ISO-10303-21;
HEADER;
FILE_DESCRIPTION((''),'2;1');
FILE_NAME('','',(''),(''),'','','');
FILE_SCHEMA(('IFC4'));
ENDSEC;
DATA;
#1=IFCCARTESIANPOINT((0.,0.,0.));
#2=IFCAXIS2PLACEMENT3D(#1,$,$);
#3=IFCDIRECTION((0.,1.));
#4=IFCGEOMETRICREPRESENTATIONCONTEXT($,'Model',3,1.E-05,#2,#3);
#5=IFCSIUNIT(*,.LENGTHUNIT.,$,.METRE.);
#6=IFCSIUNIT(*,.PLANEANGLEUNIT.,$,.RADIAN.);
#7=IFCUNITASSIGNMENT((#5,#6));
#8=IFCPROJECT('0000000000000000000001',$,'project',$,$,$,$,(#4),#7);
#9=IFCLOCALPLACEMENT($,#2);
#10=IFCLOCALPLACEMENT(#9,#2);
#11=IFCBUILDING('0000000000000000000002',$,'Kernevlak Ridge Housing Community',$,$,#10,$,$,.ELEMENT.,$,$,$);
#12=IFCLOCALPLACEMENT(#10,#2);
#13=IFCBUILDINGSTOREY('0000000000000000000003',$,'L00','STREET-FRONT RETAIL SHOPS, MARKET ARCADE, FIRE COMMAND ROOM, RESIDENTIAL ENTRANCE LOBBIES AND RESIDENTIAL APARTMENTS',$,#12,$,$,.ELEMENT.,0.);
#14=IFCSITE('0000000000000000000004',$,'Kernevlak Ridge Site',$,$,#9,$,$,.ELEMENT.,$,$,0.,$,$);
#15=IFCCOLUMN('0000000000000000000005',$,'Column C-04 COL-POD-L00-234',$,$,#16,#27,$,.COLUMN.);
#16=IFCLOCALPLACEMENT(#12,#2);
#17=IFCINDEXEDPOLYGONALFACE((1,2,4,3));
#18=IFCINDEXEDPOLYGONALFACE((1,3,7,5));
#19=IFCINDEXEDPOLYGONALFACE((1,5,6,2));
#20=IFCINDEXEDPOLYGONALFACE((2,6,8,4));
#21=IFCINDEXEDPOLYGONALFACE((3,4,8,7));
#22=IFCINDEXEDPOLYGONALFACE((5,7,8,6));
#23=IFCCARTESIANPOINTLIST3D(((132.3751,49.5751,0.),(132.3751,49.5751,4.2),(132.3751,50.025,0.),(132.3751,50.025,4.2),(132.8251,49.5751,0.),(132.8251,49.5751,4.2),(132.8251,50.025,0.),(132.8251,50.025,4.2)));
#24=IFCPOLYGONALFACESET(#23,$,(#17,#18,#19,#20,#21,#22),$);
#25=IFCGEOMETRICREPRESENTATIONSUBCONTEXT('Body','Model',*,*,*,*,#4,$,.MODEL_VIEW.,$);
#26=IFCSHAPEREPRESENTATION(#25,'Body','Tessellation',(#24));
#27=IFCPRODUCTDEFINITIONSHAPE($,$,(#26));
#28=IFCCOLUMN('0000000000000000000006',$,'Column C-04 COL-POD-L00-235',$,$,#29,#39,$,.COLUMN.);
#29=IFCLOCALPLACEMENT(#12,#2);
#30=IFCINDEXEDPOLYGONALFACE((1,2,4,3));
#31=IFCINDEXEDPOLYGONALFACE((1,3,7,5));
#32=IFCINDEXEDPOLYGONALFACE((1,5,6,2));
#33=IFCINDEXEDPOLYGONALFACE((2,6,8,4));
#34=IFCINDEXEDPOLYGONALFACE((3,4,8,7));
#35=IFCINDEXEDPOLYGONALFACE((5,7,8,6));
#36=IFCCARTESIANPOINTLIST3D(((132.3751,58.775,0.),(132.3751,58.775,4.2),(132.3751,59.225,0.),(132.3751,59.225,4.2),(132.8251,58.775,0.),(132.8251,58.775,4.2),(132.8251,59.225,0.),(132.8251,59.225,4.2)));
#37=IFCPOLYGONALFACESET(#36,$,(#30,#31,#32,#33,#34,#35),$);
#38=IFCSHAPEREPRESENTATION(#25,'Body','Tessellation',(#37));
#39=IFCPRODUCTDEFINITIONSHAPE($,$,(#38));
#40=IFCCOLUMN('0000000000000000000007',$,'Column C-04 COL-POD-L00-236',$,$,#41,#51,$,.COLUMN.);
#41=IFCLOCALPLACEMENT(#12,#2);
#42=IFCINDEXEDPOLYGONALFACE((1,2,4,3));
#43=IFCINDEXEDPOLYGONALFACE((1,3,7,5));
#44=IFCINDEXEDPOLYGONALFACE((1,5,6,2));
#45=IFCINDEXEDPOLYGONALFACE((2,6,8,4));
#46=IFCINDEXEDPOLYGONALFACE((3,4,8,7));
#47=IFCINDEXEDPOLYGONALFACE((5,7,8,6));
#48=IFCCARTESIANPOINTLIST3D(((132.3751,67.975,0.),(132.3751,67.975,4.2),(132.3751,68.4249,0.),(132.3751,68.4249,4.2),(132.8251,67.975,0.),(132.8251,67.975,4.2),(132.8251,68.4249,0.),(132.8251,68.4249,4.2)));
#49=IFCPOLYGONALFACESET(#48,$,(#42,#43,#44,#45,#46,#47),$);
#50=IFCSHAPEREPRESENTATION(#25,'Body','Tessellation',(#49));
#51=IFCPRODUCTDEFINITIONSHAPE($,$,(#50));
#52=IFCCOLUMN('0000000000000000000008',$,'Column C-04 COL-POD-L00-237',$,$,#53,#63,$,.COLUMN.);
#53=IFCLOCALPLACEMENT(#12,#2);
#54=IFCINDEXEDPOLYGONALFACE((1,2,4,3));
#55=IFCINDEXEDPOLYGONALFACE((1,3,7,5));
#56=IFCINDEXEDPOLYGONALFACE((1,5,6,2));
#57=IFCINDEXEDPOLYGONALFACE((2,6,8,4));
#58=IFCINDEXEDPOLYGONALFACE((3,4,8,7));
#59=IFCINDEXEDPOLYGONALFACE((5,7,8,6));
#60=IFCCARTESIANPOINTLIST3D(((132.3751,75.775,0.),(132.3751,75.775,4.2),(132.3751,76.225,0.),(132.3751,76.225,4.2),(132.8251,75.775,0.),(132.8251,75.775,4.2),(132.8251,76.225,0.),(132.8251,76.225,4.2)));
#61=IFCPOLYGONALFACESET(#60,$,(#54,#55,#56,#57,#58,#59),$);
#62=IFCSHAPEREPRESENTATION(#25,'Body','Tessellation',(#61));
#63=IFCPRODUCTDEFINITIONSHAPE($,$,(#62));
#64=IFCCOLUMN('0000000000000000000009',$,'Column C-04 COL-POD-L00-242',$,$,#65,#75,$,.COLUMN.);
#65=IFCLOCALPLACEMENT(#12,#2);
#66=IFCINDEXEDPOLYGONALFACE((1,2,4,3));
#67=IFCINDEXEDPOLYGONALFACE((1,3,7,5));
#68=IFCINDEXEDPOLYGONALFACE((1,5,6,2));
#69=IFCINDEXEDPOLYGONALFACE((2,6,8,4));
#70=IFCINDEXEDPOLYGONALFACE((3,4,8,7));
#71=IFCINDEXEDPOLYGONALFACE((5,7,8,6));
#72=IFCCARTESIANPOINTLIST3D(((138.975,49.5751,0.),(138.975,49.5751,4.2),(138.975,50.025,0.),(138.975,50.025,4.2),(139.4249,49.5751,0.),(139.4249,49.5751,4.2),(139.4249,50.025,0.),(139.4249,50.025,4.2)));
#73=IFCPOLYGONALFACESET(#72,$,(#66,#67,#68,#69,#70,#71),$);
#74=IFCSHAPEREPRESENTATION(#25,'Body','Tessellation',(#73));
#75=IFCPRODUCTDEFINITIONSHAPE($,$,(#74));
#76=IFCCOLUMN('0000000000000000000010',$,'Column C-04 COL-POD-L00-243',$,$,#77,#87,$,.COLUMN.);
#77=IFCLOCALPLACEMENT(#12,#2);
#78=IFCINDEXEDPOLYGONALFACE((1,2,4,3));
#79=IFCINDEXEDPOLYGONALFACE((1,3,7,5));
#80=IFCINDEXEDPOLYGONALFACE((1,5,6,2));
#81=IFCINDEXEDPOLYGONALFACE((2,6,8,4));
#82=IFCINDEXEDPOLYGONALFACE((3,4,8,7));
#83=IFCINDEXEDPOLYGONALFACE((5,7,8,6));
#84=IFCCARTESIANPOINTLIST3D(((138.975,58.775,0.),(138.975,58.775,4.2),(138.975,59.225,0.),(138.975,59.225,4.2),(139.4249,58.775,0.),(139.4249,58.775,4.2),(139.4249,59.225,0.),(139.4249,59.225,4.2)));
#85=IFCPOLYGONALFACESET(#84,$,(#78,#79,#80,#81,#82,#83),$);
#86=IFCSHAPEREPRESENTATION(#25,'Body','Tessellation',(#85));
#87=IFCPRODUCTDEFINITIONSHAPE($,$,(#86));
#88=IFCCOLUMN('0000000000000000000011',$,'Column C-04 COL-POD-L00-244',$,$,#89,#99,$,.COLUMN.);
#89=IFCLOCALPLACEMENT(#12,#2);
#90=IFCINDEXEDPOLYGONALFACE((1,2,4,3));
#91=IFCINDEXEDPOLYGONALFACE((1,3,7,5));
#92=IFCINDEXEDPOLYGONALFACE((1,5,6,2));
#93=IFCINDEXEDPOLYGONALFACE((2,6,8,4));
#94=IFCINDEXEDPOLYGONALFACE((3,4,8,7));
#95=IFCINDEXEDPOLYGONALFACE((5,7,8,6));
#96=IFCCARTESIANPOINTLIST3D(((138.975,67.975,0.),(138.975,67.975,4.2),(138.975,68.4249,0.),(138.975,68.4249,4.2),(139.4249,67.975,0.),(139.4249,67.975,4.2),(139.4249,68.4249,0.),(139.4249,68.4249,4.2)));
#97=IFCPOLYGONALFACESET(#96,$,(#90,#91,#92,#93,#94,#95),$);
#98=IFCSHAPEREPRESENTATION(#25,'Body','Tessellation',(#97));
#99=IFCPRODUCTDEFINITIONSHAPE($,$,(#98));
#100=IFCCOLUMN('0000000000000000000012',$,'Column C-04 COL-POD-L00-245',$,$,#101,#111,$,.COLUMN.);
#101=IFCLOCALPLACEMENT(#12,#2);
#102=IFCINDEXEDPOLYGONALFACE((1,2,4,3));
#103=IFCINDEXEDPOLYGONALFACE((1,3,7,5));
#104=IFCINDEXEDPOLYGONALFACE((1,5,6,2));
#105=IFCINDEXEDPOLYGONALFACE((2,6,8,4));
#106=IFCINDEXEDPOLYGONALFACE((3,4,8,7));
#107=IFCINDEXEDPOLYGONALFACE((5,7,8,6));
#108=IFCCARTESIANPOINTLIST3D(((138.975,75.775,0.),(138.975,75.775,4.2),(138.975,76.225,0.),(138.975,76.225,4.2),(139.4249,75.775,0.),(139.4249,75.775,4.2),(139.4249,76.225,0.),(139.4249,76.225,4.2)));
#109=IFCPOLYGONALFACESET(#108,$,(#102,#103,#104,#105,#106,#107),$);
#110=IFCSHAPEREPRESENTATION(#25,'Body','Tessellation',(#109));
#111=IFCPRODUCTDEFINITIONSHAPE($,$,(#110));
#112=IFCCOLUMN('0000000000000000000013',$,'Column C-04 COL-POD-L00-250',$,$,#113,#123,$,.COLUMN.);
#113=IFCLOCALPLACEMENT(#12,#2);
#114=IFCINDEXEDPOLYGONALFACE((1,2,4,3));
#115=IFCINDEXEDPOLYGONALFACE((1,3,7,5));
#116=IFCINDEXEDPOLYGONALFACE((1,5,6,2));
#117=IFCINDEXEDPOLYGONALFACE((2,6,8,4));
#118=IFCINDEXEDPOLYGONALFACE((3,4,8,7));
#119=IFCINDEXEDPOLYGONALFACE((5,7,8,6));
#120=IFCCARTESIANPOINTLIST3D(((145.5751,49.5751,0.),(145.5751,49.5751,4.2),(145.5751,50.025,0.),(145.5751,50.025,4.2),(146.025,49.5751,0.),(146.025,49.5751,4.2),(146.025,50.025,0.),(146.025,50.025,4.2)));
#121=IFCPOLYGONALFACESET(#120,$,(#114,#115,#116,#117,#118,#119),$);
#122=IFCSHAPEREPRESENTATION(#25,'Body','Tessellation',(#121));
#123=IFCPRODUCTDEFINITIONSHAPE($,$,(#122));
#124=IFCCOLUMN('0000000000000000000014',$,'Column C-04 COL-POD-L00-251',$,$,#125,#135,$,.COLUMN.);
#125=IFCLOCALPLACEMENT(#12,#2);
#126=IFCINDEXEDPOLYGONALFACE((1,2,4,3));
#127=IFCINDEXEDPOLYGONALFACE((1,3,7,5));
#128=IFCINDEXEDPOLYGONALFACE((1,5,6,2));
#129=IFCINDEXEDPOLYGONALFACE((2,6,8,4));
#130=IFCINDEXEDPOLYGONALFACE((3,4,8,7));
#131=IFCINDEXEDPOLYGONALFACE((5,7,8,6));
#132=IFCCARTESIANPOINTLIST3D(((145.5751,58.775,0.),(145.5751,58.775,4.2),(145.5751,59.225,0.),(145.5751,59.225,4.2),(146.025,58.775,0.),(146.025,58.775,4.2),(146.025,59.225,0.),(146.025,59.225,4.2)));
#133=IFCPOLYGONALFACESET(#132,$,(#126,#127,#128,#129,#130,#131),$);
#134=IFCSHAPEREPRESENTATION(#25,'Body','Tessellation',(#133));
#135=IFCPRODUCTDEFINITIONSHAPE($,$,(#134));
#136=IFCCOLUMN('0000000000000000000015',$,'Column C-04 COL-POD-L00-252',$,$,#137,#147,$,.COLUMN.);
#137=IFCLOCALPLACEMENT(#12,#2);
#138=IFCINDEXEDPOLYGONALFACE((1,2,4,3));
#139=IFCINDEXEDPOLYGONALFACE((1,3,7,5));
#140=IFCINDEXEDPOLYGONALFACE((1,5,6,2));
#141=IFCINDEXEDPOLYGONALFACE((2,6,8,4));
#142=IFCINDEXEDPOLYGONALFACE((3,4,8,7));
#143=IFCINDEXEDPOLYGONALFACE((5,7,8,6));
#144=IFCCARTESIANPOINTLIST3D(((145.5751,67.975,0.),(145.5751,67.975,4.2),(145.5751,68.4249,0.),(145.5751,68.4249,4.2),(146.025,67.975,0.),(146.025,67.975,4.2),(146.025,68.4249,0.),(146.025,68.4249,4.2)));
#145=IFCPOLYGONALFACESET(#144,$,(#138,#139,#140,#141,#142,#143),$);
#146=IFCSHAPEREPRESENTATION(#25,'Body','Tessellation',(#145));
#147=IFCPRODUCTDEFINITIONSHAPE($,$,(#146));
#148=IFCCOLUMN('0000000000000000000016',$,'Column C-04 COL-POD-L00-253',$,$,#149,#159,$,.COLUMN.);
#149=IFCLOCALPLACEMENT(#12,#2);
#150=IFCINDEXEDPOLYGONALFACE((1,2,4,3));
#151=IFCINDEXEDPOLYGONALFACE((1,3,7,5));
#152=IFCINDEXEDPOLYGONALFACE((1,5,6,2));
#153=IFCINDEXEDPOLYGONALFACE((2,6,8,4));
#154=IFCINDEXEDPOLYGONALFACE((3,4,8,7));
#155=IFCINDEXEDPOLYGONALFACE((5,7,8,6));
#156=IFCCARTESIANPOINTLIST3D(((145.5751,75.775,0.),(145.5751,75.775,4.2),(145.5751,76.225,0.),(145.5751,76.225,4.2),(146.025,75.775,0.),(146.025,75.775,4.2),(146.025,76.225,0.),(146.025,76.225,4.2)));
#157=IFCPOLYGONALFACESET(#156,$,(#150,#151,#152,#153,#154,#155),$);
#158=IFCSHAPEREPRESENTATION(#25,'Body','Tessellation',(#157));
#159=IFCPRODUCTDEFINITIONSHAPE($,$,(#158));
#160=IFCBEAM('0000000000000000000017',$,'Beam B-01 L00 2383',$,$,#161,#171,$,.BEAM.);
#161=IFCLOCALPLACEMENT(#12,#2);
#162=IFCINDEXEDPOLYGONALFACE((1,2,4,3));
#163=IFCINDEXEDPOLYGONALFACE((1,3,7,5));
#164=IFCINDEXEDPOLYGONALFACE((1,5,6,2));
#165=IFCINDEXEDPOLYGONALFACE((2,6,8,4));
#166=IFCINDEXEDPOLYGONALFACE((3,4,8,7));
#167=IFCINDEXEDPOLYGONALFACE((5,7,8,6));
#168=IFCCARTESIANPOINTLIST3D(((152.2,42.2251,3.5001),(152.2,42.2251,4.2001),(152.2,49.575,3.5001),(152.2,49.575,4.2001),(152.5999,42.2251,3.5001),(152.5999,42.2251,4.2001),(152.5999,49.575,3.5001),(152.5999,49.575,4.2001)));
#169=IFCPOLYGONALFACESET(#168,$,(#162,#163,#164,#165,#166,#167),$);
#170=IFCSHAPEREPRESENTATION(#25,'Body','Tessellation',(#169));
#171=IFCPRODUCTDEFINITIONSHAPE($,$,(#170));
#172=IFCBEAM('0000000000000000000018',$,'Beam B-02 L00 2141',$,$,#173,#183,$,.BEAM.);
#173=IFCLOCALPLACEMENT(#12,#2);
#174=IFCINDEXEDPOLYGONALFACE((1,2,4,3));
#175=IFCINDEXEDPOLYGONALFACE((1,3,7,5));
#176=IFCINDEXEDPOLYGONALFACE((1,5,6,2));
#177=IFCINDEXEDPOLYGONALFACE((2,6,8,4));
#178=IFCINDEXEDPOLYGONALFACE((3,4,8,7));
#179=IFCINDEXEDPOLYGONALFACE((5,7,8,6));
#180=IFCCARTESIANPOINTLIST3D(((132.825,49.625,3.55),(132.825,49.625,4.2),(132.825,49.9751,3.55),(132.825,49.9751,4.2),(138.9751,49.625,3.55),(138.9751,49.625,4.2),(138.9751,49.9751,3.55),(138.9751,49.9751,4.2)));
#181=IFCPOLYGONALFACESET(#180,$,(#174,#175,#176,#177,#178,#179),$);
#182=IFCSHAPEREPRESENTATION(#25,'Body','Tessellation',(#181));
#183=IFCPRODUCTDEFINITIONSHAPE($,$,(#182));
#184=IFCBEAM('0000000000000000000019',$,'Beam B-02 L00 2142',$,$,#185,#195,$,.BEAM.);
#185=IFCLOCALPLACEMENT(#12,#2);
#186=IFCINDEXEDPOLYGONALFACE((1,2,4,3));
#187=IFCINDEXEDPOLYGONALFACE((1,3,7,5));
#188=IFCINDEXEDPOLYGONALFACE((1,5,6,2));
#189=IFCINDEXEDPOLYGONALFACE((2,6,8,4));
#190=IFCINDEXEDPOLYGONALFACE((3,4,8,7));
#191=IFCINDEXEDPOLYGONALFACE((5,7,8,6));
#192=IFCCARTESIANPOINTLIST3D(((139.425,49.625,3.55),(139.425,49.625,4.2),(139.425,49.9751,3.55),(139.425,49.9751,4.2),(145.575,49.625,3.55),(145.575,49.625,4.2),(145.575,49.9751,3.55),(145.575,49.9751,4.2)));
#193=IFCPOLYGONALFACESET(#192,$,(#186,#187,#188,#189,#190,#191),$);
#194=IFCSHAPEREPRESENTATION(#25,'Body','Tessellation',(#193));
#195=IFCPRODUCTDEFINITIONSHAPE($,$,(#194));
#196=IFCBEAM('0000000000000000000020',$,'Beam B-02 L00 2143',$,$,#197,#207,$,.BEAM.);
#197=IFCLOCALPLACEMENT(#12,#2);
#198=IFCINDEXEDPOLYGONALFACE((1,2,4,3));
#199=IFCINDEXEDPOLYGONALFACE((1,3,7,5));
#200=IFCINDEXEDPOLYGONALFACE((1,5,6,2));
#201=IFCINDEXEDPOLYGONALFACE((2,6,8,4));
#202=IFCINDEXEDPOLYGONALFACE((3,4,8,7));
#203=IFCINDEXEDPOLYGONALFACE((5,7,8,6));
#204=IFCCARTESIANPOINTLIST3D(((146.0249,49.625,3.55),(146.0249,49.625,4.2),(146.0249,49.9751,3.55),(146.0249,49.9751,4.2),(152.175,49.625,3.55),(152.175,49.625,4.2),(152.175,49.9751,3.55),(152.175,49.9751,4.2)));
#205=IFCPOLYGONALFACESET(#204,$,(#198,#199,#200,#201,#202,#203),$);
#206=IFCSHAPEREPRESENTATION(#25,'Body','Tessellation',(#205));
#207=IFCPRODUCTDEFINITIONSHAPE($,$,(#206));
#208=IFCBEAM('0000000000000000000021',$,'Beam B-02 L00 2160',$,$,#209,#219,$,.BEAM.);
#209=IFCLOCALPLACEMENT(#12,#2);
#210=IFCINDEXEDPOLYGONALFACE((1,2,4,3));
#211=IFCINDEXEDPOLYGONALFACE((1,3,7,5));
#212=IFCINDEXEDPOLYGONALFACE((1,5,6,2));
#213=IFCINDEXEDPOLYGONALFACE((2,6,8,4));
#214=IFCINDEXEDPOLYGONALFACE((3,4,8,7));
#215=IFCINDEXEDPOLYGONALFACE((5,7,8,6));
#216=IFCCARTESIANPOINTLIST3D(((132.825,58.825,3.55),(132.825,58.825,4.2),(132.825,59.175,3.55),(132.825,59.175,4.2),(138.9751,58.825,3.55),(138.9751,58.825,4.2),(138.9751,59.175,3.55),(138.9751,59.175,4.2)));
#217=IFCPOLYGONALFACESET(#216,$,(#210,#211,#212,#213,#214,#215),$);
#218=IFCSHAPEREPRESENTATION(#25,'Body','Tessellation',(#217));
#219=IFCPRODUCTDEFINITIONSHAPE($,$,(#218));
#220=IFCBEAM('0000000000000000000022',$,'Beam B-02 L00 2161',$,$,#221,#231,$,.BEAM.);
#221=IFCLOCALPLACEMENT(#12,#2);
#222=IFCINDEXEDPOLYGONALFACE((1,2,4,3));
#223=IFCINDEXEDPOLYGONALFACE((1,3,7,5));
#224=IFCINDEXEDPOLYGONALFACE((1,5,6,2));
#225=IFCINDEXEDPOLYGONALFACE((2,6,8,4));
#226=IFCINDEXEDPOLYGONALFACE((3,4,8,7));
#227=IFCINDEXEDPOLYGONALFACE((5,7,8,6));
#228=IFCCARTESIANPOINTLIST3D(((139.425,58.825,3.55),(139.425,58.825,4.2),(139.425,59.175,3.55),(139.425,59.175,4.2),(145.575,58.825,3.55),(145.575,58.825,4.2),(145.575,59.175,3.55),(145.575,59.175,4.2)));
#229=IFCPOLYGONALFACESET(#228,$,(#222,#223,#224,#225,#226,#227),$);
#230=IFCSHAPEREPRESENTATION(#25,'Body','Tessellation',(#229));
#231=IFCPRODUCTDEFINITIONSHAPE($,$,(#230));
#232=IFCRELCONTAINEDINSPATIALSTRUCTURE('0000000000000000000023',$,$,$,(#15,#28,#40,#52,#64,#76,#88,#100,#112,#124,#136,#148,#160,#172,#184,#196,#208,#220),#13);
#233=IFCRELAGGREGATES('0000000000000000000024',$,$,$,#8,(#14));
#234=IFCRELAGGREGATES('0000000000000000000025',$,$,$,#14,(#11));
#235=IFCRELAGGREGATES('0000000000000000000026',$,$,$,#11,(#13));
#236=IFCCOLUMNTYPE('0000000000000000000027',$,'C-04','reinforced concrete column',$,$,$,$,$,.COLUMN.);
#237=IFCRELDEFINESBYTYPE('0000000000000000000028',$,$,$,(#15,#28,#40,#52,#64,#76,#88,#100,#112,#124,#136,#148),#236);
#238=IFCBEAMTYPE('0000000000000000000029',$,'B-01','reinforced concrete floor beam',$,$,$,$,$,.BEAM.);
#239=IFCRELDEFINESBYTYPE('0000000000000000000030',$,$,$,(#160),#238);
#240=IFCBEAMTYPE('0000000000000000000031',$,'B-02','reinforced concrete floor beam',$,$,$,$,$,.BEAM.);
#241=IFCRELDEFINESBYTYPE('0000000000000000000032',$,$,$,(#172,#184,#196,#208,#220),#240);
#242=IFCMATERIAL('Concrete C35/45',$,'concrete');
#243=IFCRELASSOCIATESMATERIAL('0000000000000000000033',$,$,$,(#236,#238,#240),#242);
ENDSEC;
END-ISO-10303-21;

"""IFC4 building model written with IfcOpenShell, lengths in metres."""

from ifc_helpers import new_model, si_unit, direction, frame, origin, origin_2d, place, context, subcontext, project, spatial, rectangle, extrude, material, material_profile, profile_set, type_object, element, save


model = new_model("IFC4")

# Units and contexts
model_context = context("Model", 3, precision=1e-05, world=origin(), true_north=direction((0.0, 1.0)))
body_context = subcontext(model_context, "Body", "Model", "MODEL_VIEW")
ifc_project = project(units=[si_unit("LENGTHUNIT", "METRE"), si_unit("PLANEANGLEUNIT", "RADIAN")], contexts=[model_context])

# Site, building, storey
site_placement = place(None, origin())
site = spatial("IfcSite", under=ifc_project, at=site_placement, Name="Kernevlak Ridge Site", CompositionType="ELEMENT", RefElevation=0.0)
building_placement = place(site_placement, origin())
building = spatial("IfcBuilding", under=site, at=building_placement, Name="Kernevlak Ridge Housing Community", CompositionType="ELEMENT")
storey_placement = place(building_placement, origin())
storey = spatial("IfcBuildingStorey", under=building, at=storey_placement, Name="L00", Description="STREET-FRONT RETAIL SHOPS, MARKET ARCADE, FIRE COMMAND ROOM, RESIDENTIAL ENTRANCE LOBBIES AND RESIDENTIAL APARTMENTS", CompositionType="ELEMENT", Elevation=0.0)

# Columns
ifc_material = material(Name="Concrete C35/45", Category="concrete")
ifc_material_profile_1 = material_profile(ifc_material, rectangle(XDim=0.45, YDim=0.45, at=origin_2d()), Name="RC 450x450")
ifc_profile_set_1 = profile_set([ifc_material_profile_1], Name="Concrete C35/45")
column_type = type_object("IfcColumnType", Name="C-04", Description="reinforced concrete column", PredefinedType="COLUMN", material=ifc_profile_set_1)
for number, where, z_axis, x_axis, name in (
    (1, (132.6001, 49.8, 0.0), (0.0, 0.0, 1.0), (1.0, 0.0, 0.0), "Column C-04 COL-POD-L00-234"),
    (2, (132.6001, 59.0, 0.0), (0.0, 0.0, 1.0), (1.0, 0.0, 0.0), "Column C-04 COL-POD-L00-235"),
    (3, (132.6001, 68.2, 0.0), (0.0, 0.0, 1.0), (1.0, 0.0, 0.0), "Column C-04 COL-POD-L00-236"),
    (4, (132.6001, 76.0, 0.0), (0.0, 0.0, 1.0), (1.0, 0.0, 0.0), "Column C-04 COL-POD-L00-237"),
    (5, (139.2, 49.8, 0.0), (0.0, 0.0, 1.0), (1.0, 0.0, 0.0), "Column C-04 COL-POD-L00-242"),
    (6, (139.2, 59.0, 0.0), (0.0, 0.0, 1.0), (1.0, 0.0, 0.0), "Column C-04 COL-POD-L00-243"),
    (7, (139.2, 68.2, 0.0), (0.0, 0.0, 1.0), (1.0, 0.0, 0.0), "Column C-04 COL-POD-L00-244"),
    (8, (139.2, 76.0, 0.0), (0.0, 0.0, 1.0), (1.0, 0.0, 0.0), "Column C-04 COL-POD-L00-245"),
    (9, (145.8, 49.8, 0.0), (0.0, 0.0, 1.0), (1.0, 0.0, 0.0), "Column C-04 COL-POD-L00-250"),
    (10, (145.8, 59.0, 0.0), (0.0, 0.0, 1.0), (1.0, 0.0, 0.0), "Column C-04 COL-POD-L00-251"),
    (11, (145.8, 68.2, 0.0), (0.0, 0.0, 1.0), (1.0, 0.0, 0.0), "Column C-04 COL-POD-L00-252"),
    (12, (145.8, 76.0, 0.0), (0.0, 0.0, 1.0), (1.0, 0.0, 0.0), "Column C-04 COL-POD-L00-253"),
):
    element("IfcColumn", number, at=place(storey_placement, frame(where, z_axis=z_axis, x_axis=x_axis)), inside=storey, type_object=column_type, Name=name, PredefinedType="COLUMN", context=body_context, shape_type="SweptSolid", body=[
        extrude(rectangle(XDim=0.45, YDim=0.45, at=origin_2d()), origin(), (0.0, 0.0, 1.0), 4.2),
    ])

# Beams
ifc_material_profile_2 = material_profile(ifc_material, rectangle(XDim=0.3999, YDim=0.7, at=origin_2d()), Name="RC 400x700")
ifc_profile_set_2 = profile_set([ifc_material_profile_2], Name="Concrete C35/45")
beam_type_1 = type_object("IfcBeamType", Name="B-01", Description="reinforced concrete floor beam", PredefinedType="BEAM", material=ifc_profile_set_2)
beam_1_placement = place(storey_placement, frame((152.3999, 42.2251, 3.8501), z_axis=(0.0, 1.0, 0.0), x_axis=(-1.0, 0.0, 0.0)))
element("IfcBeam", 13, at=beam_1_placement, inside=storey, type_object=beam_type_1, Name="Beam B-01 L00 2383", PredefinedType="BEAM", context=body_context, shape_type="SweptSolid", body=[
    extrude(rectangle(XDim=0.3999, YDim=0.7, at=origin_2d()), origin(), (0.0, 0.0, 1.0), 7.3499),
])
ifc_material_profile_3 = material_profile(ifc_material, rectangle(XDim=0.3501, YDim=0.6499, at=origin_2d()), Name="RC 350x650")
ifc_profile_set_3 = profile_set([ifc_material_profile_3], Name="Concrete C35/45")
beam_type_2 = type_object("IfcBeamType", Name="B-02", Description="reinforced concrete floor beam", PredefinedType="BEAM", material=ifc_profile_set_3)
beam_2_placement = place(storey_placement, frame((132.825, 49.8, 3.875), z_axis=(1.0, 0.0, 0.0), x_axis=(0.0, 1.0, 0.0)))
element("IfcBeam", 14, at=beam_2_placement, inside=storey, type_object=beam_type_2, Name="Beam B-02 L00 2141", PredefinedType="BEAM", context=body_context, shape_type="SweptSolid", body=[
    extrude(rectangle(XDim=0.3501, YDim=0.6499, at=origin_2d()), origin(), (0.0, 0.0, 1.0), 6.1501),
])
beam_3_placement = place(storey_placement, frame((139.425, 49.8, 3.875), z_axis=(1.0, 0.0, 0.0), x_axis=(0.0, 1.0, 0.0)))
element("IfcBeam", 15, at=beam_3_placement, inside=storey, type_object=beam_type_2, Name="Beam B-02 L00 2142", PredefinedType="BEAM", context=body_context, shape_type="SweptSolid", body=[
    extrude(rectangle(XDim=0.3501, YDim=0.6499, at=origin_2d()), origin(), (0.0, 0.0, 1.0), 6.1499),
])
for number, where, z_axis, x_axis, name in (
    (16, (146.0249, 49.8, 3.875), (1.0, 0.0, 0.0), (0.0, 1.0, 0.0), "Beam B-02 L00 2143"),
    (17, (132.825, 59.0, 3.875), (1.0, 0.0, 0.0), (0.0, 1.0, 0.0), "Beam B-02 L00 2160"),
):
    element("IfcBeam", number, at=place(storey_placement, frame(where, z_axis=z_axis, x_axis=x_axis)), inside=storey, type_object=beam_type_2, Name=name, PredefinedType="BEAM", context=body_context, shape_type="SweptSolid", body=[
        extrude(rectangle(XDim=0.3501, YDim=0.6499, at=origin_2d()), origin(), (0.0, 0.0, 1.0), 6.1501),
    ])
beam_4_placement = place(storey_placement, frame((139.425, 59.0, 3.875), z_axis=(1.0, 0.0, 0.0), x_axis=(0.0, 1.0, 0.0)))
element("IfcBeam", 18, at=beam_4_placement, inside=storey, type_object=beam_type_2, Name="Beam B-02 L00 2161", PredefinedType="BEAM", context=body_context, shape_type="SweptSolid", body=[
    extrude(rectangle(XDim=0.3501, YDim=0.6499, at=origin_2d()), origin(), (0.0, 0.0, 1.0), 6.1499),
])

save(model, "model.ifc")
